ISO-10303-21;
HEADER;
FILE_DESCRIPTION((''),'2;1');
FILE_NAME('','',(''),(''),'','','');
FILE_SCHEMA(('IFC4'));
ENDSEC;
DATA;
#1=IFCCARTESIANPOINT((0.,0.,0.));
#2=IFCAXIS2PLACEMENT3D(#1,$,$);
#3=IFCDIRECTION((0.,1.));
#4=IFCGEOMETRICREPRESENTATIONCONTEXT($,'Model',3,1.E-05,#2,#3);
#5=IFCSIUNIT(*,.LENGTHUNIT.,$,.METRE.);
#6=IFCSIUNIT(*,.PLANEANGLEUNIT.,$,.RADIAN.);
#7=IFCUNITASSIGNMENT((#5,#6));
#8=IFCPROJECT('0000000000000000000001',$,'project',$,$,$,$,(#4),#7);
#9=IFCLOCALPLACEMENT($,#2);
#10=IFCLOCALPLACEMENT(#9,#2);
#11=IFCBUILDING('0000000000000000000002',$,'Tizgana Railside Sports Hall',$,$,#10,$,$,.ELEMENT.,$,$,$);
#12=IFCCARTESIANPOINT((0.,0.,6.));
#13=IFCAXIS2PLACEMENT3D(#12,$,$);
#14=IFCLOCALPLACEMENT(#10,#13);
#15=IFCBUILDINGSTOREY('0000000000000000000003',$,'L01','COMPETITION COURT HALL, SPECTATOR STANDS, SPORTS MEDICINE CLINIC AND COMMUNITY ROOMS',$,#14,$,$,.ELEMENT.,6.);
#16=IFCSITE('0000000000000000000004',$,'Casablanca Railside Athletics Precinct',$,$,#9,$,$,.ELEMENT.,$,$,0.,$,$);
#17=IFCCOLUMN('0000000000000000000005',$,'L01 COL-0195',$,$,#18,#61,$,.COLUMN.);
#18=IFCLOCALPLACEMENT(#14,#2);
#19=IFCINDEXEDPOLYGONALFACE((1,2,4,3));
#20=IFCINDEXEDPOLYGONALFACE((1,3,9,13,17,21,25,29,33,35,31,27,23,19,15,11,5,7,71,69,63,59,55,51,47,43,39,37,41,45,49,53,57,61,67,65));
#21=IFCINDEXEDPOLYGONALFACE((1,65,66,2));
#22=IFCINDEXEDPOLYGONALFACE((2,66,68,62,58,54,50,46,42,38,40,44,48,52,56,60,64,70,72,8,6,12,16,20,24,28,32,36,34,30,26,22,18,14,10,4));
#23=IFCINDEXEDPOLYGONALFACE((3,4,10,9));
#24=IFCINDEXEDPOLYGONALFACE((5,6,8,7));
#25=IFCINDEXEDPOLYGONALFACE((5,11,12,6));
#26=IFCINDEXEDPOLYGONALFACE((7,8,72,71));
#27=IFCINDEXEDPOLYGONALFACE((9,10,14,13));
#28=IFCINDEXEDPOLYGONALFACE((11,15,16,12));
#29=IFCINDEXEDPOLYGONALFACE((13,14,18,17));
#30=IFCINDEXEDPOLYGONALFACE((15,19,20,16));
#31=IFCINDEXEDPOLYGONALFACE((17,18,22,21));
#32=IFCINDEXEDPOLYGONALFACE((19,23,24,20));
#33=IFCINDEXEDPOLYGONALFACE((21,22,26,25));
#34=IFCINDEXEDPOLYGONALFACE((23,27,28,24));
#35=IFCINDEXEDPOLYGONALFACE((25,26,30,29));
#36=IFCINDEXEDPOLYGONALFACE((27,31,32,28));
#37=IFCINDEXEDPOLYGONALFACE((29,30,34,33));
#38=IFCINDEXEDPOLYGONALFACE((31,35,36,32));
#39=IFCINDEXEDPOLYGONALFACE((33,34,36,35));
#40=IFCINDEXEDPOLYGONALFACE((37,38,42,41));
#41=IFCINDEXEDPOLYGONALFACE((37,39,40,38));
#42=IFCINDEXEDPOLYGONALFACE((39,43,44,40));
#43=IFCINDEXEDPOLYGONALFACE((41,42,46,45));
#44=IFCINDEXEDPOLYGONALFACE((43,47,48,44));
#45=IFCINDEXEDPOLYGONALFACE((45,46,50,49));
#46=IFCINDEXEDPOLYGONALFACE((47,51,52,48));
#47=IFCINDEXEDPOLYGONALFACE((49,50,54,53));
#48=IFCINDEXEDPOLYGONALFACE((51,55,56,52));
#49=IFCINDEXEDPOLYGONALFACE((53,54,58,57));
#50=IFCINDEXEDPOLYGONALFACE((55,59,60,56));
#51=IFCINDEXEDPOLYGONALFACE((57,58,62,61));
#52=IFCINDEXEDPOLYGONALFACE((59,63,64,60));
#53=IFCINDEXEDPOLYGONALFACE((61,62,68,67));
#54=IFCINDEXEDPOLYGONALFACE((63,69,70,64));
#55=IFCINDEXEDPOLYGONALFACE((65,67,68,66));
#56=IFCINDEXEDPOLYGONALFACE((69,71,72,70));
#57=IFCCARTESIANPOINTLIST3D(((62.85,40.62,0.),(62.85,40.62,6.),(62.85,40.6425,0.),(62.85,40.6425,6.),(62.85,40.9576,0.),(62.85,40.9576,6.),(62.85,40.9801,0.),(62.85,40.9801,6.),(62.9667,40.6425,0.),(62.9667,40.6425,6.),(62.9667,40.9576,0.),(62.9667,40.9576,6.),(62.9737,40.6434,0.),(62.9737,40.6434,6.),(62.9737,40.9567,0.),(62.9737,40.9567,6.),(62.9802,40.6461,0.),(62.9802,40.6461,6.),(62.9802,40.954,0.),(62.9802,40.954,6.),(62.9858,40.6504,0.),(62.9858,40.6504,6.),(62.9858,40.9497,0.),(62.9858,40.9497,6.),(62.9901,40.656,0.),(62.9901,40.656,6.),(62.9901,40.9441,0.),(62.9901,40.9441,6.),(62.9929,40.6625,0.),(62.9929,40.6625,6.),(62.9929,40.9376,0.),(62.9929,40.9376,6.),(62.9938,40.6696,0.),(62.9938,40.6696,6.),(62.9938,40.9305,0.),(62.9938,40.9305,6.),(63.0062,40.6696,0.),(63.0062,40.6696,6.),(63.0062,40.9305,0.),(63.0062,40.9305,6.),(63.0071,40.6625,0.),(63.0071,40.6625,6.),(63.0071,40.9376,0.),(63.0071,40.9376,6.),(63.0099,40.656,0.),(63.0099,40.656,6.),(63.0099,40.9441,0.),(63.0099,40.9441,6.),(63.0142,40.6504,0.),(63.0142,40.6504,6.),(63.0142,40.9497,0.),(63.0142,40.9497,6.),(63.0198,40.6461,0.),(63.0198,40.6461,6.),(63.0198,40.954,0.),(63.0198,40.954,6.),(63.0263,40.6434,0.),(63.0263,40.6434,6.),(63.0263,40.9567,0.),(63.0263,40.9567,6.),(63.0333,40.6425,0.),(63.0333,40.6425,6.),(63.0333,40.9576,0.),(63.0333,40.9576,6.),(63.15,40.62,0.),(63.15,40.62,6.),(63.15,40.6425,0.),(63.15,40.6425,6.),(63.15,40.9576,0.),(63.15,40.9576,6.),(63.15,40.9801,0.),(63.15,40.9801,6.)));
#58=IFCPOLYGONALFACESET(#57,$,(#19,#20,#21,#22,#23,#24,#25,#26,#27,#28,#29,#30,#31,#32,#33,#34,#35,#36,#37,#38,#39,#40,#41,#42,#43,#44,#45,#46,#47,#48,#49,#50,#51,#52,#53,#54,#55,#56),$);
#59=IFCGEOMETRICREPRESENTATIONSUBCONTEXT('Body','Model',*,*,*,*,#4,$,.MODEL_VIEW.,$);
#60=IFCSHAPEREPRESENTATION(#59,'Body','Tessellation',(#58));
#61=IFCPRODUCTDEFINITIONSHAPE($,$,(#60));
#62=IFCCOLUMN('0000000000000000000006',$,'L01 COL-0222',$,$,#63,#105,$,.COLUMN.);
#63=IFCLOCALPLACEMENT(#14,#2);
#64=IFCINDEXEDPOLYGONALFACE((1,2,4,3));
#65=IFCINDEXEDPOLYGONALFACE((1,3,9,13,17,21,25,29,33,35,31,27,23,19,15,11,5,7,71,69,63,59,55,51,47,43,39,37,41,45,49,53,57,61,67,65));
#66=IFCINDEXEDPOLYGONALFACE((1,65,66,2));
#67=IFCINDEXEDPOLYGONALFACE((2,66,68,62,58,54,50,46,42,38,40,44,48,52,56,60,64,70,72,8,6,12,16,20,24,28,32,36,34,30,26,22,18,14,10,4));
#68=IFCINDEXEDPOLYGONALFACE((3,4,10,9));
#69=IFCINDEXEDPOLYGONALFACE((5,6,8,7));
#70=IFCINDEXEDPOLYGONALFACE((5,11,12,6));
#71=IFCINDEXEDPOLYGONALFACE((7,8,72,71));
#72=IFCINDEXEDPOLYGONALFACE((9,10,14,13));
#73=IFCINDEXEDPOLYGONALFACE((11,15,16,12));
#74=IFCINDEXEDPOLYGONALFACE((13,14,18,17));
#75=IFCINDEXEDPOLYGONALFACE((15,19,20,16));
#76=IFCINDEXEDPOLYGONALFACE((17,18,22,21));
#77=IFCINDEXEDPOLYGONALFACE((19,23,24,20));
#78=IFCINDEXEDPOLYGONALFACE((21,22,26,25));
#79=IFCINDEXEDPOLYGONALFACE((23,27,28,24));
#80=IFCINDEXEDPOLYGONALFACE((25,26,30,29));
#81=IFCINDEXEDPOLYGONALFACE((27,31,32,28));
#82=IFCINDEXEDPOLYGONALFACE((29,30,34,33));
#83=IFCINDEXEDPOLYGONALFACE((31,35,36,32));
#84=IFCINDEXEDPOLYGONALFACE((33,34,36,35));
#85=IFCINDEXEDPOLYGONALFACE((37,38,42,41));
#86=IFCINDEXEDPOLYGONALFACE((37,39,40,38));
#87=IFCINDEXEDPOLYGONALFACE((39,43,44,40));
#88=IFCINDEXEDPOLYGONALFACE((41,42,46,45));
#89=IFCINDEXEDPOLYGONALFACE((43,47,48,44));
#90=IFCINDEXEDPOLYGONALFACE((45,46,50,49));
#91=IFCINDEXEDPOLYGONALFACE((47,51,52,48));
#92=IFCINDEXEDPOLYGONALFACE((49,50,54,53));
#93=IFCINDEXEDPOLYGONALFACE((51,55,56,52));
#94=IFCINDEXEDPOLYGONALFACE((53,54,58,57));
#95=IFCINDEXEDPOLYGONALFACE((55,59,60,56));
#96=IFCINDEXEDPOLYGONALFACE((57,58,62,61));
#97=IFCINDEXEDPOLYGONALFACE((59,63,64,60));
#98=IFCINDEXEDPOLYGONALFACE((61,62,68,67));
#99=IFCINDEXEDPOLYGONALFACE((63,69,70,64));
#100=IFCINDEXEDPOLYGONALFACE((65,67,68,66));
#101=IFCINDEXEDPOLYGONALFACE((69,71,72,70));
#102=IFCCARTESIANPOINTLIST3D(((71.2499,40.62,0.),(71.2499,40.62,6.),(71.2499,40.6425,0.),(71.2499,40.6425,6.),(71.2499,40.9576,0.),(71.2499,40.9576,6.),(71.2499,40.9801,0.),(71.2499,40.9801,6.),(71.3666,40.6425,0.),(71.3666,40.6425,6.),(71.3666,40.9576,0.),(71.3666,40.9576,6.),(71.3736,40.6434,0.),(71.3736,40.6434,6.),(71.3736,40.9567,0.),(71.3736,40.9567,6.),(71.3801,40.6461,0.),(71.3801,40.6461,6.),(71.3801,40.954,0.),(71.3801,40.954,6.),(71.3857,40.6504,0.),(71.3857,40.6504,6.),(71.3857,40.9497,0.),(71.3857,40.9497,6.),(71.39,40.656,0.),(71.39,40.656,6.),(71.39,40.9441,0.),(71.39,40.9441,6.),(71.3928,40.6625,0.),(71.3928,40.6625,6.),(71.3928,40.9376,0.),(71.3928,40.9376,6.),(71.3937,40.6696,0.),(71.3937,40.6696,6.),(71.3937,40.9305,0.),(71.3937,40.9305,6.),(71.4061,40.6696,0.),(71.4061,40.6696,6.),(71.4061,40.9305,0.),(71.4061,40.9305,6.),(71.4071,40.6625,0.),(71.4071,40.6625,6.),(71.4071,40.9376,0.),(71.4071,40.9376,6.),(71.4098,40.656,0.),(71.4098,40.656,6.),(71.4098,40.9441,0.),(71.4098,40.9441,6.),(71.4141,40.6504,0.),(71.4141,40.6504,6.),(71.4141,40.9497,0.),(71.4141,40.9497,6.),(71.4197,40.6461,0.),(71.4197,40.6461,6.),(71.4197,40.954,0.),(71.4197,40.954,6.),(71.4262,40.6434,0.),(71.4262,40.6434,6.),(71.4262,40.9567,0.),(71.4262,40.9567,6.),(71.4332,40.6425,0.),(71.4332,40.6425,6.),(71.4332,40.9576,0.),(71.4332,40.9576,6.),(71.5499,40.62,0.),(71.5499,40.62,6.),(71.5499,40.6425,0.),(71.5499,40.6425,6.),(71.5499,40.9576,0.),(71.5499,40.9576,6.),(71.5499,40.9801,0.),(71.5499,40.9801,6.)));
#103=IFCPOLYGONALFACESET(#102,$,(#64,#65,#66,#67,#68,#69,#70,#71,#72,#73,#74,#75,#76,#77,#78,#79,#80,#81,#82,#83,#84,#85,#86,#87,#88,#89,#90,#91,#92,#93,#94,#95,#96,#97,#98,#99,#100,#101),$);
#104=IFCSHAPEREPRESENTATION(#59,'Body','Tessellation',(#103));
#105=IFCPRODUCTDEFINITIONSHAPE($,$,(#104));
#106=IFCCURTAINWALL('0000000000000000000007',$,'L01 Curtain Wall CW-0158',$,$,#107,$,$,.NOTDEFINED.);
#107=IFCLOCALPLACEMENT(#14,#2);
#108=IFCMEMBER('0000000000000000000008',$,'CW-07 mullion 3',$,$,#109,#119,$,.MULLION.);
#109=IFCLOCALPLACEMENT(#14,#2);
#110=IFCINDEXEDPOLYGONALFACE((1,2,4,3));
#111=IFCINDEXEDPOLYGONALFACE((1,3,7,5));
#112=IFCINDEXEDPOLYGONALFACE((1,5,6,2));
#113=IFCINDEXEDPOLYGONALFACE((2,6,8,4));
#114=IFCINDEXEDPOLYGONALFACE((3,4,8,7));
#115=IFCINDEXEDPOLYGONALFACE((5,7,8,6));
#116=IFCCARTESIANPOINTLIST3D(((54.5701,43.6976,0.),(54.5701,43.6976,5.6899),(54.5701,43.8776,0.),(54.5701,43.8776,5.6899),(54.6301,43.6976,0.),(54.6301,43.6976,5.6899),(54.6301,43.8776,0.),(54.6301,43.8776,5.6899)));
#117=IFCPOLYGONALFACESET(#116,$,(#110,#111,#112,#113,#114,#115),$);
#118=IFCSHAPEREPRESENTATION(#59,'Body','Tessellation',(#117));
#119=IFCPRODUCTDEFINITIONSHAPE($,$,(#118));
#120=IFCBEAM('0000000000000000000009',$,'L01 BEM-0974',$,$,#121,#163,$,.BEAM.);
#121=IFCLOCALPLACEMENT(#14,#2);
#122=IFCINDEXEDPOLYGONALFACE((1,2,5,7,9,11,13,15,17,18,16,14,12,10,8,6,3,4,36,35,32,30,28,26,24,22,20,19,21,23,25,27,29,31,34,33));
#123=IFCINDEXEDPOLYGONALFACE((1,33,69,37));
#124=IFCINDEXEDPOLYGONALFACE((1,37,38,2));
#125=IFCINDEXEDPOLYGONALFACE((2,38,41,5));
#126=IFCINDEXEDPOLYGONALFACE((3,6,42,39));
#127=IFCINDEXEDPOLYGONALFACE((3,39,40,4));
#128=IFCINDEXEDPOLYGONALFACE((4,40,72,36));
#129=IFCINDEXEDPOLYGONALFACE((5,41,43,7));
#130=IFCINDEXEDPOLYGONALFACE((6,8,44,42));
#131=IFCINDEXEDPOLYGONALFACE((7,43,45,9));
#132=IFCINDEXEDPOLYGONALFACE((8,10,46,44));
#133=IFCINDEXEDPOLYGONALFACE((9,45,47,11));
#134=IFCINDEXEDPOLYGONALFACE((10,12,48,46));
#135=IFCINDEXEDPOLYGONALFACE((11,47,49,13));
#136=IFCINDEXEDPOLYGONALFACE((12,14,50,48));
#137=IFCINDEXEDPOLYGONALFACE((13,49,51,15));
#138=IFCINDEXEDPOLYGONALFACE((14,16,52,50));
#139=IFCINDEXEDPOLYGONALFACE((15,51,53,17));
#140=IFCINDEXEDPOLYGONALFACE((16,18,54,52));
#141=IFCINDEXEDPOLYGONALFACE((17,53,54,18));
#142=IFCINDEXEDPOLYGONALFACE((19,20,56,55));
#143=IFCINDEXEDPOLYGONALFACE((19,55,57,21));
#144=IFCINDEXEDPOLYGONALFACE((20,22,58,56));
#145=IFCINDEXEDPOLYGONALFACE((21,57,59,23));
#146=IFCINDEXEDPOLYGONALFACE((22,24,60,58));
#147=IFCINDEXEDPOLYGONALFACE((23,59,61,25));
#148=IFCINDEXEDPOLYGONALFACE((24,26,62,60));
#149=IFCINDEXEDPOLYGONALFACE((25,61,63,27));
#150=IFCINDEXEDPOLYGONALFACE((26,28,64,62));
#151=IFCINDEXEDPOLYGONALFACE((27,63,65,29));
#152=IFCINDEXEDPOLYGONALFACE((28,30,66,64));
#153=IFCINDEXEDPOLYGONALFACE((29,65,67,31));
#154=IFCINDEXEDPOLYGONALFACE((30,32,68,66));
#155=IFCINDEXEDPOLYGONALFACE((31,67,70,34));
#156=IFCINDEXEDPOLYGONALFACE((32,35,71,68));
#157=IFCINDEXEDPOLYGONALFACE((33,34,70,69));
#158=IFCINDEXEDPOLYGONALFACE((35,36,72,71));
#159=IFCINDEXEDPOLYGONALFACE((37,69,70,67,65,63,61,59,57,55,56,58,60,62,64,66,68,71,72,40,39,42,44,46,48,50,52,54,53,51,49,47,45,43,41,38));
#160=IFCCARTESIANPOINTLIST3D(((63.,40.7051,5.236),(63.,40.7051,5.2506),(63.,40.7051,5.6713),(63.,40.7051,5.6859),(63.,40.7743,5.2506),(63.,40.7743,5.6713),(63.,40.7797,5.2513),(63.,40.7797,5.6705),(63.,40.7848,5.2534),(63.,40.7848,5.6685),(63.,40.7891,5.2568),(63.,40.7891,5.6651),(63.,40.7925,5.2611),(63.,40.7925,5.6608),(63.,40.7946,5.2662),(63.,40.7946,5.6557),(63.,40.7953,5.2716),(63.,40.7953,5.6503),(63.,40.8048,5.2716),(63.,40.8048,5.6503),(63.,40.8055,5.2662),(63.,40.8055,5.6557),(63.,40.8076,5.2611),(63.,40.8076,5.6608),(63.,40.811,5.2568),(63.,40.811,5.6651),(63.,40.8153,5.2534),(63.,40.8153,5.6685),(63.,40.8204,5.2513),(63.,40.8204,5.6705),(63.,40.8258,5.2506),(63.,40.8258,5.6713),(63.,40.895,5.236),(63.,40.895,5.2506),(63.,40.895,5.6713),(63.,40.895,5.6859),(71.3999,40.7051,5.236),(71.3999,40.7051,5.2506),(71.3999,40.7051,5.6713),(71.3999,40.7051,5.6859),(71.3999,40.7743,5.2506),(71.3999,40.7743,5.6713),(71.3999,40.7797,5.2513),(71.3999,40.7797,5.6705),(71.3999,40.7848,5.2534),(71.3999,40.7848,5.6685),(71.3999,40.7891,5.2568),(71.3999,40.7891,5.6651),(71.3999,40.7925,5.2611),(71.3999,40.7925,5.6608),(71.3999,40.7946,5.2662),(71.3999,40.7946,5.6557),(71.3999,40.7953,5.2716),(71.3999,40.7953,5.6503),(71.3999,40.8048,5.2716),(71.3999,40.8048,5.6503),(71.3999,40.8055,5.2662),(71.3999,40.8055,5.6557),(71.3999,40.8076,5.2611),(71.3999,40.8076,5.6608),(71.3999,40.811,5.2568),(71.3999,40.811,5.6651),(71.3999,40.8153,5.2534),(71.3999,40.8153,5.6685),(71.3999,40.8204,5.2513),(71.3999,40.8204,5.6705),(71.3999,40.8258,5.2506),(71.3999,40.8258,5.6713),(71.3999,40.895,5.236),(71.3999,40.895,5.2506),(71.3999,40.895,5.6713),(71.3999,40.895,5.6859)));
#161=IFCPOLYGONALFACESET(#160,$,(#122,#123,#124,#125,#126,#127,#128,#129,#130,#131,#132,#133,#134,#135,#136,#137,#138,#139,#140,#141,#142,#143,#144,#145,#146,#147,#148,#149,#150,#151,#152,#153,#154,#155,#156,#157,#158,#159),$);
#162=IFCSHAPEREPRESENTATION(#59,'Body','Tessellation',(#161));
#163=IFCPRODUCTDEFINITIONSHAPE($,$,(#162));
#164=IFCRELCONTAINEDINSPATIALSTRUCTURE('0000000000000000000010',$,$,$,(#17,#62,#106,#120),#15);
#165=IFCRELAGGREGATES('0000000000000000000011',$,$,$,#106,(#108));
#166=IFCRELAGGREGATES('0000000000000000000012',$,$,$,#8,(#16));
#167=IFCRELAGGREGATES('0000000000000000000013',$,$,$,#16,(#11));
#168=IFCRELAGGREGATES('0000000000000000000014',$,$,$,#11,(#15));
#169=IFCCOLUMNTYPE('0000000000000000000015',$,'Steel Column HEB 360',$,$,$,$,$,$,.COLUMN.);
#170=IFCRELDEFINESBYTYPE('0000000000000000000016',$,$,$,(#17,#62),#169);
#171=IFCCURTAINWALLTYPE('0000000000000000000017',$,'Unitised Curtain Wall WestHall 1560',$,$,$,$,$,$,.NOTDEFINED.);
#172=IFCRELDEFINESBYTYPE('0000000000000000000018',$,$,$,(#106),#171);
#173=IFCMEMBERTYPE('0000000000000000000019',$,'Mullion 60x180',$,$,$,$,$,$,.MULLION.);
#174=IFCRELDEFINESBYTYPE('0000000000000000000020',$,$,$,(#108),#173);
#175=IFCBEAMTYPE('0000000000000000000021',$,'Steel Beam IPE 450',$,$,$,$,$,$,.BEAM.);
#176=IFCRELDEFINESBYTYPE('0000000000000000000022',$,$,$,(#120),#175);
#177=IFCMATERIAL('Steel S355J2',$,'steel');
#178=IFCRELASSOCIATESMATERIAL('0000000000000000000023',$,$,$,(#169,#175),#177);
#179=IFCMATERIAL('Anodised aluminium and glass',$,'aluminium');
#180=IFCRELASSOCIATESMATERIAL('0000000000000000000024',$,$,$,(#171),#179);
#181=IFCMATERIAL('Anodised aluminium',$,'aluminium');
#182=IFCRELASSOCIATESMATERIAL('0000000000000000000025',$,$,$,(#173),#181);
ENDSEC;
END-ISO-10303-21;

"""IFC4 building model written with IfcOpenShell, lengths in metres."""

from ifc_helpers import new_model, si_unit, direction, frame, origin, origin_2d, place, context, subcontext, project, spatial, rectangle, i_section, extrude, material, material_profile, profile_set, type_object, element, aggregate, save


model = new_model("IFC4")

# Units and contexts
model_context = context("Model", 3, precision=1e-05, world=origin(), true_north=direction((0.0, 1.0)))
body_context = subcontext(model_context, "Body", "Model", "MODEL_VIEW")
ifc_project = project(units=[si_unit("LENGTHUNIT", "METRE"), si_unit("PLANEANGLEUNIT", "RADIAN")], contexts=[model_context])

# Site, building, storey
site_placement = place(None, origin())
site = spatial("IfcSite", under=ifc_project, at=site_placement, Name="Casablanca Railside Athletics Precinct", CompositionType="ELEMENT", RefElevation=0.0)
building_placement = place(site_placement, origin())
building = spatial("IfcBuilding", under=site, at=building_placement, Name="Tizgana Railside Sports Hall", CompositionType="ELEMENT")
storey_placement = place(building_placement, frame((0.0, 0.0, 6.0)))
storey = spatial("IfcBuildingStorey", under=building, at=storey_placement, Name="L01", Description="COMPETITION COURT HALL, SPECTATOR STANDS, SPORTS MEDICINE CLINIC AND COMMUNITY ROOMS", CompositionType="ELEMENT", Elevation=6.0)

# Columns
ifc_material_1 = material(Name="Steel S355J2", Category="steel")
ifc_material_profile_1 = material_profile(ifc_material_1, i_section(OverallWidth=0.3, OverallDepth=0.3601, WebThickness=0.0125, FlangeThickness=0.0225, FilletRadius=0.0271, at=origin_2d()), Name="HEB 360")
ifc_profile_set_1 = profile_set([ifc_material_profile_1], Name="Steel S355J2")
column_type = type_object("IfcColumnType", Name="Steel Column HEB 360", PredefinedType="COLUMN", material=ifc_profile_set_1)
for number, where, z_axis, x_axis, name in (
    (1, (63.0, 40.8, 0.0), (0.0, 0.0, 1.0), (1.0, 0.0, 0.0), "L01 COL-0195"),
    (2, (71.3999, 40.8, 0.0), (0.0, 0.0, 1.0), (1.0, 0.0, 0.0), "L01 COL-0222"),
):
    element("IfcColumn", number, at=place(storey_placement, frame(where, z_axis=z_axis, x_axis=x_axis)), inside=storey, type_object=column_type, Name=name, PredefinedType="COLUMN", context=body_context, shape_type="SweptSolid", body=[
        extrude(i_section(OverallWidth=0.3, OverallDepth=0.3601, WebThickness=0.0125, FlangeThickness=0.0225, FilletRadius=0.0271, at=origin_2d()), origin(), (0.0, 0.0, 1.0), 6.0),
    ])

# Curtain wall, member
ifc_material_2 = material(Name="Anodised aluminium and glass", Category="aluminium")
curtain_wall_type = type_object("IfcCurtainWallType", Name="Unitised Curtain Wall WestHall 1560", PredefinedType="NOTDEFINED", material=ifc_material_2)
curtain_wall_placement = place(storey_placement, origin())
curtain_wall = element("IfcCurtainWall", 3, at=curtain_wall_placement, inside=storey, type_object=curtain_wall_type, Name="L01 Curtain Wall CW-0158", PredefinedType="NOTDEFINED")
ifc_material_3 = material(Name="Anodised aluminium", Category="aluminium")
ifc_material_profile_2 = material_profile(ifc_material_3, rectangle(XDim=0.0601, YDim=0.1799, at=origin_2d()), Name="Mullion 60x180")
ifc_profile_set_2 = profile_set([ifc_material_profile_2], Name="Anodised aluminium")
member_type_1 = type_object("IfcMemberType", Name="Mullion 60x180", PredefinedType="MULLION", material=ifc_profile_set_2)
member_1_placement = place(storey_placement, frame((54.6001, 43.7876, 0.0), z_axis=(0.0, 0.0, 1.0), x_axis=(1.0, 0.0, 0.0)))
member_1 = element("IfcMember", 4, at=member_1_placement, type_object=member_type_1, Name="CW-07 mullion 3", PredefinedType="MULLION", context=body_context, shape_type="SweptSolid", body=[
    extrude(rectangle(XDim=0.0601, YDim=0.1799, at=origin_2d()), origin(), (0.0, 0.0, 1.0), 5.6899),
])

# Beam
ifc_material_profile_3 = material_profile(ifc_material_1, i_section(OverallWidth=0.1899, OverallDepth=0.45, WebThickness=0.0095, FlangeThickness=0.0146, FilletRadius=0.021, at=origin_2d()), Name="IPE 450")
ifc_profile_set_3 = profile_set([ifc_material_profile_3], Name="Steel S355J2")
beam_type_1 = type_object("IfcBeamType", Name="Steel Beam IPE 450", PredefinedType="BEAM", material=ifc_profile_set_3)
beam_1_placement = place(storey_placement, frame((63.0, 40.8, 5.4609), z_axis=(1.0, 0.0, 0.0), x_axis=(0.0, 1.0, 0.0)))
element("IfcBeam", 5, at=beam_1_placement, inside=storey, type_object=beam_type_1, Name="L01 BEM-0974", PredefinedType="BEAM", context=body_context, shape_type="SweptSolid", body=[
    extrude(i_section(OverallWidth=0.1899, OverallDepth=0.45, WebThickness=0.0095, FlangeThickness=0.0146, FilletRadius=0.021, at=origin_2d()), origin(), (0.0, 0.0, 1.0), 8.3999),
])

aggregate(curtain_wall, [member_1])

save(model, "model.ifc")
